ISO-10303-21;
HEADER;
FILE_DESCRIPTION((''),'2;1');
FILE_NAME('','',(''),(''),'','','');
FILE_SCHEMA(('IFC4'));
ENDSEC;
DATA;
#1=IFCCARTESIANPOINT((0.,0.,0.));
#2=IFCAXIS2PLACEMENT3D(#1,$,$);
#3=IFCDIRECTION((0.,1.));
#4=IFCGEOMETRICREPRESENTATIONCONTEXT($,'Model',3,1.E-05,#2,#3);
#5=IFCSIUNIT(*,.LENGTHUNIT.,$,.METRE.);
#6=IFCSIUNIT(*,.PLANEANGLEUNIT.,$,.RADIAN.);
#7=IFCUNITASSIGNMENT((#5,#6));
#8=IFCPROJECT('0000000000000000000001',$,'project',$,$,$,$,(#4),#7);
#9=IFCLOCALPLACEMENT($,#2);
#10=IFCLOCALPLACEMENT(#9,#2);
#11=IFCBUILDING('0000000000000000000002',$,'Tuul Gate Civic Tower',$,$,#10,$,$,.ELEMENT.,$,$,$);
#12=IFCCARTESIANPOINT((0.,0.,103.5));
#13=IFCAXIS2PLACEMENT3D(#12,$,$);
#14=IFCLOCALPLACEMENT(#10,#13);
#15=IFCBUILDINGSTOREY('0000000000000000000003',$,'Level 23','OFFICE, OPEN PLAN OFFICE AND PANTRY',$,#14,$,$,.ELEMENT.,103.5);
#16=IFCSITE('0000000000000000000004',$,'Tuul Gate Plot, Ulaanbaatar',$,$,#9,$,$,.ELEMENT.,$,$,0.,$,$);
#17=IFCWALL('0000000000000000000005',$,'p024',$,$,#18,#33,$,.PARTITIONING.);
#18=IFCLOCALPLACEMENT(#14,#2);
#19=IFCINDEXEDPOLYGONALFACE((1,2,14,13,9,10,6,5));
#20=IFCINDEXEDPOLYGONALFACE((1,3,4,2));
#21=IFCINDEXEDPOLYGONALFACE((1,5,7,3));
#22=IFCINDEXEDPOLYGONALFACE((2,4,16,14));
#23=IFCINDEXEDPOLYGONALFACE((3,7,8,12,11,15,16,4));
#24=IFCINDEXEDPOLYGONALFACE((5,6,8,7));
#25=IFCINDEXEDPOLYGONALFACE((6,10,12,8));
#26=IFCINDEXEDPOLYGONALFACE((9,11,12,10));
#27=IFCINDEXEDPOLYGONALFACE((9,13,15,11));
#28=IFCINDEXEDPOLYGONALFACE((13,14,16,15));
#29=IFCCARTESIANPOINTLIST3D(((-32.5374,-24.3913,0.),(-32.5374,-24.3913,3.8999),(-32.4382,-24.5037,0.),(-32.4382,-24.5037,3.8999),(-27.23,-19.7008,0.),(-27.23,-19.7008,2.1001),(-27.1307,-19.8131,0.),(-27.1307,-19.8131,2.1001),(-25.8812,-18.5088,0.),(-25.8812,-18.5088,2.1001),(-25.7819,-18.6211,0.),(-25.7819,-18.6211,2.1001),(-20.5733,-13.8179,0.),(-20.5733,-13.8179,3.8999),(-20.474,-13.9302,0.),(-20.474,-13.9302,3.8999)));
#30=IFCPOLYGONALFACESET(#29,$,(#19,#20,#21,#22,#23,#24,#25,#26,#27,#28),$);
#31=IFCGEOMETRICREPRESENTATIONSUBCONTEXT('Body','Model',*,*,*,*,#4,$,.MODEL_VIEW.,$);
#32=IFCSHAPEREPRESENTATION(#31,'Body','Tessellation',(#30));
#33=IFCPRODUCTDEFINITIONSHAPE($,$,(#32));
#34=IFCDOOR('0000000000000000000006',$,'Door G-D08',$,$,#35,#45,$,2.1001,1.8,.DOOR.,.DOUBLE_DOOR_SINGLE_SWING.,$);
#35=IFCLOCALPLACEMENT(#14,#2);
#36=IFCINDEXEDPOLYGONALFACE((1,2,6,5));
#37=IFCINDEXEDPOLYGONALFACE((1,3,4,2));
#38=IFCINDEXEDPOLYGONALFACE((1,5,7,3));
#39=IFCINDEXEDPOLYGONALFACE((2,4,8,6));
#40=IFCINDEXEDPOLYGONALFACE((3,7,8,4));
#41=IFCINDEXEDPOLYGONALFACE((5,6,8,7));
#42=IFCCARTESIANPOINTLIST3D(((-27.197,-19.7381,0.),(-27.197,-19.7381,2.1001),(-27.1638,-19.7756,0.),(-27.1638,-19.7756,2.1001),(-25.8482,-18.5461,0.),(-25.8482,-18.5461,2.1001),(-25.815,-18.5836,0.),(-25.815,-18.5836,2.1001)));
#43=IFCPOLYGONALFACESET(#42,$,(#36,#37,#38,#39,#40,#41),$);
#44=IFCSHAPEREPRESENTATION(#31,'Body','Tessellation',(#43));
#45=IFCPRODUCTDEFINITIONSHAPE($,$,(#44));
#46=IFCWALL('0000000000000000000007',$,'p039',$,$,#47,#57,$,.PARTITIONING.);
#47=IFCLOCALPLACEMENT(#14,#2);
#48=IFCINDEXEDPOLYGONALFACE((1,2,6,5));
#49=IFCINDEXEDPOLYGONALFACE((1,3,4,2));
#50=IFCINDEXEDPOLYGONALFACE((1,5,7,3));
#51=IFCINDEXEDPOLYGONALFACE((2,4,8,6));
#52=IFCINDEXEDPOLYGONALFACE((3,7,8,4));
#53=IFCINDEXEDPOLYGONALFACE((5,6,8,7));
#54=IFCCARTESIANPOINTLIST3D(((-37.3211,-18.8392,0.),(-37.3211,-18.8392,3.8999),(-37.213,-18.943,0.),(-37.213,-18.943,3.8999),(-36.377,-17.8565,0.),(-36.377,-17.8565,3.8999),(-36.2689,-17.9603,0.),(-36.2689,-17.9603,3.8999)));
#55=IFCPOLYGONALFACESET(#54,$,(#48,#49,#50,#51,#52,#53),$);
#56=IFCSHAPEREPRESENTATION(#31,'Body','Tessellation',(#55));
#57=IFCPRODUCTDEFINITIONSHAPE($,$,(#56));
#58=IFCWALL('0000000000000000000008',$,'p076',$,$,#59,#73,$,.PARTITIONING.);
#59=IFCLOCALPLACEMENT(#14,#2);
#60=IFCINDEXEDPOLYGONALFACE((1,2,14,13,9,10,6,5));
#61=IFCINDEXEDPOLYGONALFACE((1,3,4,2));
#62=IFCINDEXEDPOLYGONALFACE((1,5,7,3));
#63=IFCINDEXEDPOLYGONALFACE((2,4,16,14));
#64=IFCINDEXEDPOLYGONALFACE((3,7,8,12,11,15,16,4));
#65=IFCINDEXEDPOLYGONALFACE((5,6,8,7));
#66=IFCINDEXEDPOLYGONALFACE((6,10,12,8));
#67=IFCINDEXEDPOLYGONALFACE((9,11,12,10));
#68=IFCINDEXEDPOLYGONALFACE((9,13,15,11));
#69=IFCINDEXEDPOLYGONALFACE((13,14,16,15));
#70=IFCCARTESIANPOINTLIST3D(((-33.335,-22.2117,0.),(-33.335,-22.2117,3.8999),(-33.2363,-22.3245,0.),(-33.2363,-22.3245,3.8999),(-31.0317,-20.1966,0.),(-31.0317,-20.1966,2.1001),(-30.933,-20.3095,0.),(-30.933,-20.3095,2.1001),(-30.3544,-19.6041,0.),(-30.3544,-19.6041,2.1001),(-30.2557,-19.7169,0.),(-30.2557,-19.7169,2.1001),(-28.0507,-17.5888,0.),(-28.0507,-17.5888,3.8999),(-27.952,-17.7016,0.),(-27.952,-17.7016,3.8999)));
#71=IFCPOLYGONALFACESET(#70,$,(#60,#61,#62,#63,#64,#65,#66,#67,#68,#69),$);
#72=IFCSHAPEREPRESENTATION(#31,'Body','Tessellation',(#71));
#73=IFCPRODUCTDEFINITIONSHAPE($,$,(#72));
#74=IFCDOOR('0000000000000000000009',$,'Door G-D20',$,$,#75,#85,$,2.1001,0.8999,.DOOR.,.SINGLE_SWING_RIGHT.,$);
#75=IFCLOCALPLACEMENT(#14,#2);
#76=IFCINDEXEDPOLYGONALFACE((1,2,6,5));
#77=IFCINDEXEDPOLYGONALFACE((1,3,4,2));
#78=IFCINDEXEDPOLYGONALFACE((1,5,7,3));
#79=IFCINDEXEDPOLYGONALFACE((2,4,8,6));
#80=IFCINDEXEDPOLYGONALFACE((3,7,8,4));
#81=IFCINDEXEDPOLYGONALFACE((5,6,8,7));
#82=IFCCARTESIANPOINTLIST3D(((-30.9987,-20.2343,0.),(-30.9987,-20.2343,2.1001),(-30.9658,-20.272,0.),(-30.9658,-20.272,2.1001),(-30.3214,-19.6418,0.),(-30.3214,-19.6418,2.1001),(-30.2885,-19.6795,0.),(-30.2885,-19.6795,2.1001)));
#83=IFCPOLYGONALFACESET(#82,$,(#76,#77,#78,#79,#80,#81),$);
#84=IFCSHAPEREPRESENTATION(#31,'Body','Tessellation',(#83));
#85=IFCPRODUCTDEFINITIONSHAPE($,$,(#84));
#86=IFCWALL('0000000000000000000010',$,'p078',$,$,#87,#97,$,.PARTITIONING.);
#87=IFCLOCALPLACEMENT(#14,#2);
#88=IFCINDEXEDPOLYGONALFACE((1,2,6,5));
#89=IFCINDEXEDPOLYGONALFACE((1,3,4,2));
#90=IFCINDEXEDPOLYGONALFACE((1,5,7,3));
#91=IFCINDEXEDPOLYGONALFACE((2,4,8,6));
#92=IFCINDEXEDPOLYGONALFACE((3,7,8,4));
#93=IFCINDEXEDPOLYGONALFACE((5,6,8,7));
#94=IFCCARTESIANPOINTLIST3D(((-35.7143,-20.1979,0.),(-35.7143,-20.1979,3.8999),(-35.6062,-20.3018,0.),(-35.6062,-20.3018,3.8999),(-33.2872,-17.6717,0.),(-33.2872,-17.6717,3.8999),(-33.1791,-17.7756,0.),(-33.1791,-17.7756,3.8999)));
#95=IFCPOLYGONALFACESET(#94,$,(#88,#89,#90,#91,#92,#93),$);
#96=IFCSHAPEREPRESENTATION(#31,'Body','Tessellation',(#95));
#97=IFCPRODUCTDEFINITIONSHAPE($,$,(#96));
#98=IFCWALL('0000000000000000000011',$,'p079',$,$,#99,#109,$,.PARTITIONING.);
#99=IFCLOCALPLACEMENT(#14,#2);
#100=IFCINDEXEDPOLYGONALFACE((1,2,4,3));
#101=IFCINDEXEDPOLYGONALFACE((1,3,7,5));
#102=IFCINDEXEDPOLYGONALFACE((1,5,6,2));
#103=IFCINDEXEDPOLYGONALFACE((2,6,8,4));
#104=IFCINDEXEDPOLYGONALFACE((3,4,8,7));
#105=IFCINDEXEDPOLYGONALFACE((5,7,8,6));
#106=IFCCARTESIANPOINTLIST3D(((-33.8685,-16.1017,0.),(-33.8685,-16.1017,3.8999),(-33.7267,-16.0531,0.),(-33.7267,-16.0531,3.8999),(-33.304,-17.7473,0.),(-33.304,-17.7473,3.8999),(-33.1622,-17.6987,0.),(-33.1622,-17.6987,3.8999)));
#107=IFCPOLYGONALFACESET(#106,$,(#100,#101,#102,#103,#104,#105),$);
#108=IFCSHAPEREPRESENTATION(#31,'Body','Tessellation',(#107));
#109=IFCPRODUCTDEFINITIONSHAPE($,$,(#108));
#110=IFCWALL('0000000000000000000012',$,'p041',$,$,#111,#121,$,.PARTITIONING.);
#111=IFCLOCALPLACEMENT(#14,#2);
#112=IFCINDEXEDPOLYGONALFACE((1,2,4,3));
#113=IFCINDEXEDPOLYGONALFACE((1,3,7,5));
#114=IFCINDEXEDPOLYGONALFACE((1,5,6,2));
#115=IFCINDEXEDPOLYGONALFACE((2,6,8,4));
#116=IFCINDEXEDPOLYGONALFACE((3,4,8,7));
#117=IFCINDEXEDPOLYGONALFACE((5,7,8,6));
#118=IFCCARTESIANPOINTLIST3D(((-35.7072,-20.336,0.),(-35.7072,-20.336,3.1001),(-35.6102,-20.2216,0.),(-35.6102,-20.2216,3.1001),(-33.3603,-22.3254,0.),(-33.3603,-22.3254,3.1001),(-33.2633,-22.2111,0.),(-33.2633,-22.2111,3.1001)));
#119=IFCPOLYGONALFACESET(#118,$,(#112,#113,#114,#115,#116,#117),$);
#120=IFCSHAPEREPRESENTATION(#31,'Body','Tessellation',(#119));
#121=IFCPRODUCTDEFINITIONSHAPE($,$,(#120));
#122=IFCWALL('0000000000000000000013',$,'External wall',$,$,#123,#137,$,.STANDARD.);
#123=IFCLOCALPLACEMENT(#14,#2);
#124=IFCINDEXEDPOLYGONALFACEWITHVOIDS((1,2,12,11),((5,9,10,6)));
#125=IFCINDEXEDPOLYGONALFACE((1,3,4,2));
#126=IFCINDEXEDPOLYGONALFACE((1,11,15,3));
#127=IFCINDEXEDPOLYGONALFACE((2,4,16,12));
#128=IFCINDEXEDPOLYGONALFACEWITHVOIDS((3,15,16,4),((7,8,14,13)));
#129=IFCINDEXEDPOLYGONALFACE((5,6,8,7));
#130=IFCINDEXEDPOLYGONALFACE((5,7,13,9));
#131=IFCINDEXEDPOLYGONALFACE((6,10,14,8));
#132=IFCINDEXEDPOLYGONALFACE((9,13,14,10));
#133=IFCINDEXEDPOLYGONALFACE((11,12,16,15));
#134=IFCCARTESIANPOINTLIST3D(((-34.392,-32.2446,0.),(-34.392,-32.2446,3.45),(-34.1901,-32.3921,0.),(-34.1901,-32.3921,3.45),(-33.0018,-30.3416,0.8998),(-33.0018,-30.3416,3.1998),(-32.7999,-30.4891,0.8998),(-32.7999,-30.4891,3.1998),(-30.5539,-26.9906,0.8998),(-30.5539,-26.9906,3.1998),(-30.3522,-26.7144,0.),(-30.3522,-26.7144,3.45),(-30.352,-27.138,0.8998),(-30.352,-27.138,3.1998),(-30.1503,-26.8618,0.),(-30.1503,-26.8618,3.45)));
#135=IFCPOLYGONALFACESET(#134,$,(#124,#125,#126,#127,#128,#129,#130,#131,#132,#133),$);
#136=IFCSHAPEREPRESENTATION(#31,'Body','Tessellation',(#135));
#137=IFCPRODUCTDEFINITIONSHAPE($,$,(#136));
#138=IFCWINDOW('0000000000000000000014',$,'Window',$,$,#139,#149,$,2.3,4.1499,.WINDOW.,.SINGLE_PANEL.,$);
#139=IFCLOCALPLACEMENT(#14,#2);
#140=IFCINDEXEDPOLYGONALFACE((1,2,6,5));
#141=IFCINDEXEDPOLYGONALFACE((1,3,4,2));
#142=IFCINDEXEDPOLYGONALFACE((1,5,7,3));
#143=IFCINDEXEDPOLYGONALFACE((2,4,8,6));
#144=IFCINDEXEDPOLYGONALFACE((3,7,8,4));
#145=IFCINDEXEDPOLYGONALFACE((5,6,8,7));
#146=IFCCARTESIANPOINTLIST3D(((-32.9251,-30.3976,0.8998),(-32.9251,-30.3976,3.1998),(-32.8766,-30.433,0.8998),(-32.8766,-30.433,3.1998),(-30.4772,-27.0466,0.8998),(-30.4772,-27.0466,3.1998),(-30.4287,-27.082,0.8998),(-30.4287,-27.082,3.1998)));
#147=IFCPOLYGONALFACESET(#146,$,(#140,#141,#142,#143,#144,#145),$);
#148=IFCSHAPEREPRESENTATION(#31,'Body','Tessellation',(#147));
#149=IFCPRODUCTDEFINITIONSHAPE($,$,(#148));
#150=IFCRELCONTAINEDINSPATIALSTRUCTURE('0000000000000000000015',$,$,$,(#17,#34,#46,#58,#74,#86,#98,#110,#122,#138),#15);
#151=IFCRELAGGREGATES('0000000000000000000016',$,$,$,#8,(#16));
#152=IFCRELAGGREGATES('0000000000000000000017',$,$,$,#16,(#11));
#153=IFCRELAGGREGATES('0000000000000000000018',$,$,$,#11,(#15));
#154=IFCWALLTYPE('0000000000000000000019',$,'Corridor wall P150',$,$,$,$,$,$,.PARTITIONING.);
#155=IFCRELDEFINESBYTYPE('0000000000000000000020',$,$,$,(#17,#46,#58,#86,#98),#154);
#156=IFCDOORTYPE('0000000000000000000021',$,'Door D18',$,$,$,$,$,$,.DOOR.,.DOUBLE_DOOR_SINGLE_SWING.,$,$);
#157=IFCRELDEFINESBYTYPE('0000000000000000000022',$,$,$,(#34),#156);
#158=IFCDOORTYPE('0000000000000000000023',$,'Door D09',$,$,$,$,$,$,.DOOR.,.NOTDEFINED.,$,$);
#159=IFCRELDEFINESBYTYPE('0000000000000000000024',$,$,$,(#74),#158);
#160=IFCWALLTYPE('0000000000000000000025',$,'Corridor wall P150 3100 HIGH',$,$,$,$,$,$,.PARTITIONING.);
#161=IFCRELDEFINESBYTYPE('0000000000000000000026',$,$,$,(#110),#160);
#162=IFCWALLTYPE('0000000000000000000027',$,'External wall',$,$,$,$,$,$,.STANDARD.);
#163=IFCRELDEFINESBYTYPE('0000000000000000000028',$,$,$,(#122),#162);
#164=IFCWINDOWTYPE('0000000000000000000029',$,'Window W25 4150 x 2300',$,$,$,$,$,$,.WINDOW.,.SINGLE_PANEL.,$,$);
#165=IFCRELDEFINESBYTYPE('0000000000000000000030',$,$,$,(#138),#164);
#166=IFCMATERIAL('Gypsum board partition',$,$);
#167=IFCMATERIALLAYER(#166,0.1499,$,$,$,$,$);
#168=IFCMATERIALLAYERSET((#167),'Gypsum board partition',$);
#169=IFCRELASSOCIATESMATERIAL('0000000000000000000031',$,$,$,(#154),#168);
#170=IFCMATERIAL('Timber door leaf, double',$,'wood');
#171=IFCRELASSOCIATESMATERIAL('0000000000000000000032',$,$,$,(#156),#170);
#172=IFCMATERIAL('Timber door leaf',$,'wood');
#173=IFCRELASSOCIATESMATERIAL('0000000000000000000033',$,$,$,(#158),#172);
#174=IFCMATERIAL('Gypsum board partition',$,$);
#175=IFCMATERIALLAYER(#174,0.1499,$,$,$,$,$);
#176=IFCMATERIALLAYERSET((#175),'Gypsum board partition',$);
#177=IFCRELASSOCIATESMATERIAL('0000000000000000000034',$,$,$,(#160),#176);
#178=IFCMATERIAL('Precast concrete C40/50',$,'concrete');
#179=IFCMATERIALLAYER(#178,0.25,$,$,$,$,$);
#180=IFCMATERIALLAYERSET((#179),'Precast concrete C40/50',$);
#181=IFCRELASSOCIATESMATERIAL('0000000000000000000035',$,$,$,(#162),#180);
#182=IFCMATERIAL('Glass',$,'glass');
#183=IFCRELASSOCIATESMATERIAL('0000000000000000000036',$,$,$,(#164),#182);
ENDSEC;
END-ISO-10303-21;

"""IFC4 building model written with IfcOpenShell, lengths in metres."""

from ifc_helpers import new_model, si_unit, direction, frame, frame_2d, origin, place, context, subcontext, project, spatial, rectangle, extrude, material, layer, layer_set, type_object, element, fill, save


model = new_model("IFC4")

# Units and contexts
model_context = context("Model", 3, precision=1e-05, world=origin(), true_north=direction((0.0, 1.0)))
body_context = subcontext(model_context, "Body", "Model", "MODEL_VIEW")
ifc_project = project(units=[si_unit("LENGTHUNIT", "METRE"), si_unit("PLANEANGLEUNIT", "RADIAN")], contexts=[model_context])

# Site, building, storey
site_placement = place(None, origin())
site = spatial("IfcSite", under=ifc_project, at=site_placement, Name="Tuul Gate Plot, Ulaanbaatar", CompositionType="ELEMENT", RefElevation=0.0)
building_placement = place(site_placement, origin())
building = spatial("IfcBuilding", under=site, at=building_placement, Name="Tuul Gate Civic Tower", CompositionType="ELEMENT")
storey_placement = place(building_placement, frame((0.0, 0.0, 103.5)))
storey = spatial("IfcBuildingStorey", under=building, at=storey_placement, Name="Level 23", Description="OFFICE, OPEN PLAN OFFICE AND PANTRY", CompositionType="ELEMENT", Elevation=103.5)

# Wall, opening, door
ifc_material_1 = material(Name="Gypsum board partition")
ifc_layer_1 = layer(ifc_material_1, 0.1499)
ifc_layer_set_1 = layer_set([ifc_layer_1], Name="Gypsum board partition")
wall_type_1 = type_object("IfcWallType", Name="Corridor wall P150", PredefinedType="PARTITIONING", material=ifc_layer_set_1)
wall_1_placement = place(storey_placement, frame((-32.4878, -24.4475, 0.0), z_axis=(0.0, 0.0, 1.0), x_axis=(0.749312, 0.662217, 0.0)))
wall_1 = element("IfcWall", 1, at=wall_1_placement, inside=storey, type_object=wall_type_1, Name="p024", PredefinedType="PARTITIONING", context=body_context, shape_type="SweptSolid", body=[
    extrude(rectangle(XDim=15.9668, YDim=0.1499, at=frame_2d((7.9834, 0.0))), origin(), (0.0, 0.0, 1.0), 3.8999),
])
opening_1_placement = place(wall_1_placement, frame((7.0833, 0.0, 0.0)))
opening_1 = element("IfcOpeningElement", 2, at=opening_1_placement, cuts=wall_1, PredefinedType="OPENING", context=body_context, shape_type="SweptSolid", body=[
    extrude(rectangle(XDim=1.8, YDim=2.1001, at=frame_2d((0.8999, 1.05))), frame((0.0, 0.085, 0.0), z_axis=(0.0, -1.0, 0.0), x_axis=(1.0, 0.0, 0.0)), (0.0, 0.0, 1.0), 0.1699),
])
ifc_material_2 = material(Name="Timber door leaf, double", Category="wood")
door_type_1 = type_object("IfcDoorType", Name="Door D18", OperationType="DOUBLE_DOOR_SINGLE_SWING", PredefinedType="DOOR", material=ifc_material_2)
door_1_placement = place(opening_1_placement, frame((1.8, 0.0, 0.0), z_axis=(0.0, 0.0, 1.0), x_axis=(-1.0, 0.0, 0.0)))
door_1 = element("IfcDoor", 3, at=door_1_placement, inside=storey, type_object=door_type_1, Name="Door G-D08", OperationType="DOUBLE_DOOR_SINGLE_SWING", OverallHeight=2.1001, OverallWidth=1.8, PredefinedType="DOOR", context=body_context, shape_type="SweptSolid", body=[
    extrude(rectangle(XDim=1.8, YDim=2.1001, at=frame_2d((0.9001, 1.05))), frame((0.0, 0.0249, 0.0), z_axis=(0.0, -1.0, 0.0), x_axis=(1.0, 0.0, 0.0)), (0.0, 0.0, 1.0), 0.05),
])
fill(opening_1, door_1)

# Wall
wall_2_placement = place(storey_placement, frame((-37.2671, -18.8911, 0.0), z_axis=(0.0, 0.0, 1.0), x_axis=(0.692811, 0.721119, 0.0)))
element("IfcWall", 4, at=wall_2_placement, inside=storey, type_object=wall_type_1, Name="p039", PredefinedType="PARTITIONING", context=body_context, shape_type="SweptSolid", body=[
    extrude(rectangle(XDim=1.3628, YDim=0.1499, at=frame_2d((0.6814, 0.0))), origin(), (0.0, 0.0, 1.0), 3.8999),
])

# Wall, opening, door
wall_3_placement = place(storey_placement, frame((-33.2856, -22.2681, 0.0), z_axis=(0.0, 0.0, 1.0), x_axis=(0.752637, 0.658436, 0.0)))
wall_3 = element("IfcWall", 5, at=wall_3_placement, inside=storey, type_object=wall_type_1, Name="p076", PredefinedType="PARTITIONING", context=body_context, shape_type="SweptSolid", body=[
    extrude(rectangle(XDim=7.021, YDim=0.1499, at=frame_2d((3.5105, 0.0))), origin(), (0.0, 0.0, 1.0), 3.8999),
])
opening_2_placement = place(wall_3_placement, frame((3.0603, 0.0, 0.0)))
opening_2 = element("IfcOpeningElement", 6, at=opening_2_placement, cuts=wall_3, PredefinedType="OPENING", context=body_context, shape_type="SweptSolid", body=[
    extrude(rectangle(XDim=0.8999, YDim=2.1001, at=frame_2d((0.45, 1.05))), frame((0.0, 0.085, 0.0), z_axis=(0.0, -1.0, 0.0), x_axis=(1.0, 0.0, 0.0)), (0.0, 0.0, 1.0), 0.1699),
])
ifc_material_3 = material(Name="Timber door leaf", Category="wood")
door_type_2 = type_object("IfcDoorType", Name="Door D09", OperationType="NOTDEFINED", PredefinedType="DOOR", material=ifc_material_3)
door_2_placement = place(opening_2_placement, origin())
door_2 = element("IfcDoor", 7, at=door_2_placement, inside=storey, type_object=door_type_2, Name="Door G-D20", OperationType="SINGLE_SWING_RIGHT", OverallHeight=2.1001, OverallWidth=0.8999, PredefinedType="DOOR", context=body_context, shape_type="SweptSolid", body=[
    extrude(rectangle(XDim=0.8999, YDim=2.1001, at=frame_2d((0.45, 1.05))), frame((0.0, 0.0249, 0.0), z_axis=(0.0, -1.0, 0.0), x_axis=(1.0, 0.0, 0.0)), (0.0, 0.0, 1.0), 0.05),
])
fill(opening_2, door_2)

# Walls
wall_4_placement = place(storey_placement, frame((-35.6602, -20.2498, 0.0), z_axis=(0.0, 0.0, 1.0), x_axis=(0.692818, 0.721113, 0.0)))
element("IfcWall", 8, at=wall_4_placement, inside=storey, type_object=wall_type_1, Name="p078", PredefinedType="PARTITIONING", context=body_context, shape_type="SweptSolid", body=[
    extrude(rectangle(XDim=3.5032, YDim=0.1499, at=frame_2d((1.7515, 0.0))), origin(), (0.0, 0.0, 1.0), 3.8999),
])
wall_5_placement = place(storey_placement, frame((-33.7976, -16.0774, 0.0), z_axis=(0.0, 0.0, 1.0), x_axis=(0.324468, -0.945897, 0.0)))
element("IfcWall", 9, at=wall_5_placement, inside=storey, type_object=wall_type_1, Name="p079", PredefinedType="PARTITIONING", context=body_context, shape_type="SweptSolid", body=[
    extrude(rectangle(XDim=1.7397, YDim=0.1499, at=frame_2d((0.8699, 0.0))), origin(), (0.0, 0.0, 1.0), 3.8999),
])
ifc_material_4 = material(Name="Gypsum board partition")
ifc_layer_2 = layer(ifc_material_4, 0.1499)
ifc_layer_set_2 = layer_set([ifc_layer_2], Name="Gypsum board partition")
wall_type_2 = type_object("IfcWallType", Name="Corridor wall P150 3100 HIGH", PredefinedType="PARTITIONING", material=ifc_layer_set_2)
wall_6_placement = place(storey_placement, frame((-35.6587, -20.2788, 0.0), z_axis=(0.0, 0.0, 1.0), x_axis=(0.762802, -0.646632, 0.0)))
element("IfcWall", 10, at=wall_6_placement, inside=storey, type_object=wall_type_2, Name="p041", PredefinedType="PARTITIONING", context=body_context, shape_type="SweptSolid", body=[
    extrude(rectangle(XDim=3.0767, YDim=0.1499, at=frame_2d((1.5383, 0.0))), origin(), (0.0, 0.0, 1.0), 3.1001),
])

# Wall, opening, window
ifc_material_5 = material(Name="Precast concrete C40/50", Category="concrete")
ifc_layer_3 = layer(ifc_material_5, 0.25)
ifc_layer_set_3 = layer_set([ifc_layer_3], Name="Precast concrete C40/50")
wall_type_3 = type_object("IfcWallType", Name="External wall", PredefinedType="STANDARD", material=ifc_layer_set_3)
wall_7_placement = place(storey_placement, frame((-34.291, -32.3184, 0.0), z_axis=(0.0, 0.0, 1.0), x_axis=(0.589868, 0.8075, 0.0)))
wall_7 = element("IfcWall", 11, at=wall_7_placement, inside=storey, type_object=wall_type_3, Name="External wall", PredefinedType="STANDARD", context=body_context, shape_type="SweptSolid", body=[
    extrude(rectangle(XDim=6.8486, YDim=0.25, at=frame_2d((3.4243, 0.0))), origin(), (0.0, 0.0, 1.0), 3.45),
])
opening_3_placement = place(wall_7_placement, frame((2.3567, 0.0, 0.8999)))
opening_3 = element("IfcOpeningElement", 12, at=opening_3_placement, cuts=wall_7, PredefinedType="OPENING", context=body_context, shape_type="SweptSolid", body=[
    extrude(rectangle(XDim=4.1499, YDim=2.3, at=frame_2d((2.075, 1.1499))), frame((0.0, 0.135, 0.0), z_axis=(0.0, -1.0, 0.0), x_axis=(1.0, 0.0, 0.0)), (0.0, 0.0, 1.0), 0.27),
])
ifc_material_6 = material(Name="Glass", Category="glass")
window_type_1 = type_object("IfcWindowType", Name="Window W25 4150 x 2300", PartitioningType="SINGLE_PANEL", PredefinedType="WINDOW", material=ifc_material_6)
window_1_placement = place(opening_3_placement, origin())
window_1 = element("IfcWindow", 13, at=window_1_placement, inside=storey, type_object=window_type_1, Name="Window", OverallHeight=2.3, OverallWidth=4.1499, PartitioningType="SINGLE_PANEL", PredefinedType="WINDOW", context=body_context, shape_type="SweptSolid", body=[
    extrude(rectangle(XDim=4.1499, YDim=2.3, at=frame_2d((2.075, 1.1499))), frame((0.0, 0.03, 0.0), z_axis=(0.0, -1.0, 0.0), x_axis=(1.0, 0.0, 0.0)), (0.0, 0.0, 1.0), 0.0601),
])
fill(opening_3, window_1)

save(model, "model.ifc")
